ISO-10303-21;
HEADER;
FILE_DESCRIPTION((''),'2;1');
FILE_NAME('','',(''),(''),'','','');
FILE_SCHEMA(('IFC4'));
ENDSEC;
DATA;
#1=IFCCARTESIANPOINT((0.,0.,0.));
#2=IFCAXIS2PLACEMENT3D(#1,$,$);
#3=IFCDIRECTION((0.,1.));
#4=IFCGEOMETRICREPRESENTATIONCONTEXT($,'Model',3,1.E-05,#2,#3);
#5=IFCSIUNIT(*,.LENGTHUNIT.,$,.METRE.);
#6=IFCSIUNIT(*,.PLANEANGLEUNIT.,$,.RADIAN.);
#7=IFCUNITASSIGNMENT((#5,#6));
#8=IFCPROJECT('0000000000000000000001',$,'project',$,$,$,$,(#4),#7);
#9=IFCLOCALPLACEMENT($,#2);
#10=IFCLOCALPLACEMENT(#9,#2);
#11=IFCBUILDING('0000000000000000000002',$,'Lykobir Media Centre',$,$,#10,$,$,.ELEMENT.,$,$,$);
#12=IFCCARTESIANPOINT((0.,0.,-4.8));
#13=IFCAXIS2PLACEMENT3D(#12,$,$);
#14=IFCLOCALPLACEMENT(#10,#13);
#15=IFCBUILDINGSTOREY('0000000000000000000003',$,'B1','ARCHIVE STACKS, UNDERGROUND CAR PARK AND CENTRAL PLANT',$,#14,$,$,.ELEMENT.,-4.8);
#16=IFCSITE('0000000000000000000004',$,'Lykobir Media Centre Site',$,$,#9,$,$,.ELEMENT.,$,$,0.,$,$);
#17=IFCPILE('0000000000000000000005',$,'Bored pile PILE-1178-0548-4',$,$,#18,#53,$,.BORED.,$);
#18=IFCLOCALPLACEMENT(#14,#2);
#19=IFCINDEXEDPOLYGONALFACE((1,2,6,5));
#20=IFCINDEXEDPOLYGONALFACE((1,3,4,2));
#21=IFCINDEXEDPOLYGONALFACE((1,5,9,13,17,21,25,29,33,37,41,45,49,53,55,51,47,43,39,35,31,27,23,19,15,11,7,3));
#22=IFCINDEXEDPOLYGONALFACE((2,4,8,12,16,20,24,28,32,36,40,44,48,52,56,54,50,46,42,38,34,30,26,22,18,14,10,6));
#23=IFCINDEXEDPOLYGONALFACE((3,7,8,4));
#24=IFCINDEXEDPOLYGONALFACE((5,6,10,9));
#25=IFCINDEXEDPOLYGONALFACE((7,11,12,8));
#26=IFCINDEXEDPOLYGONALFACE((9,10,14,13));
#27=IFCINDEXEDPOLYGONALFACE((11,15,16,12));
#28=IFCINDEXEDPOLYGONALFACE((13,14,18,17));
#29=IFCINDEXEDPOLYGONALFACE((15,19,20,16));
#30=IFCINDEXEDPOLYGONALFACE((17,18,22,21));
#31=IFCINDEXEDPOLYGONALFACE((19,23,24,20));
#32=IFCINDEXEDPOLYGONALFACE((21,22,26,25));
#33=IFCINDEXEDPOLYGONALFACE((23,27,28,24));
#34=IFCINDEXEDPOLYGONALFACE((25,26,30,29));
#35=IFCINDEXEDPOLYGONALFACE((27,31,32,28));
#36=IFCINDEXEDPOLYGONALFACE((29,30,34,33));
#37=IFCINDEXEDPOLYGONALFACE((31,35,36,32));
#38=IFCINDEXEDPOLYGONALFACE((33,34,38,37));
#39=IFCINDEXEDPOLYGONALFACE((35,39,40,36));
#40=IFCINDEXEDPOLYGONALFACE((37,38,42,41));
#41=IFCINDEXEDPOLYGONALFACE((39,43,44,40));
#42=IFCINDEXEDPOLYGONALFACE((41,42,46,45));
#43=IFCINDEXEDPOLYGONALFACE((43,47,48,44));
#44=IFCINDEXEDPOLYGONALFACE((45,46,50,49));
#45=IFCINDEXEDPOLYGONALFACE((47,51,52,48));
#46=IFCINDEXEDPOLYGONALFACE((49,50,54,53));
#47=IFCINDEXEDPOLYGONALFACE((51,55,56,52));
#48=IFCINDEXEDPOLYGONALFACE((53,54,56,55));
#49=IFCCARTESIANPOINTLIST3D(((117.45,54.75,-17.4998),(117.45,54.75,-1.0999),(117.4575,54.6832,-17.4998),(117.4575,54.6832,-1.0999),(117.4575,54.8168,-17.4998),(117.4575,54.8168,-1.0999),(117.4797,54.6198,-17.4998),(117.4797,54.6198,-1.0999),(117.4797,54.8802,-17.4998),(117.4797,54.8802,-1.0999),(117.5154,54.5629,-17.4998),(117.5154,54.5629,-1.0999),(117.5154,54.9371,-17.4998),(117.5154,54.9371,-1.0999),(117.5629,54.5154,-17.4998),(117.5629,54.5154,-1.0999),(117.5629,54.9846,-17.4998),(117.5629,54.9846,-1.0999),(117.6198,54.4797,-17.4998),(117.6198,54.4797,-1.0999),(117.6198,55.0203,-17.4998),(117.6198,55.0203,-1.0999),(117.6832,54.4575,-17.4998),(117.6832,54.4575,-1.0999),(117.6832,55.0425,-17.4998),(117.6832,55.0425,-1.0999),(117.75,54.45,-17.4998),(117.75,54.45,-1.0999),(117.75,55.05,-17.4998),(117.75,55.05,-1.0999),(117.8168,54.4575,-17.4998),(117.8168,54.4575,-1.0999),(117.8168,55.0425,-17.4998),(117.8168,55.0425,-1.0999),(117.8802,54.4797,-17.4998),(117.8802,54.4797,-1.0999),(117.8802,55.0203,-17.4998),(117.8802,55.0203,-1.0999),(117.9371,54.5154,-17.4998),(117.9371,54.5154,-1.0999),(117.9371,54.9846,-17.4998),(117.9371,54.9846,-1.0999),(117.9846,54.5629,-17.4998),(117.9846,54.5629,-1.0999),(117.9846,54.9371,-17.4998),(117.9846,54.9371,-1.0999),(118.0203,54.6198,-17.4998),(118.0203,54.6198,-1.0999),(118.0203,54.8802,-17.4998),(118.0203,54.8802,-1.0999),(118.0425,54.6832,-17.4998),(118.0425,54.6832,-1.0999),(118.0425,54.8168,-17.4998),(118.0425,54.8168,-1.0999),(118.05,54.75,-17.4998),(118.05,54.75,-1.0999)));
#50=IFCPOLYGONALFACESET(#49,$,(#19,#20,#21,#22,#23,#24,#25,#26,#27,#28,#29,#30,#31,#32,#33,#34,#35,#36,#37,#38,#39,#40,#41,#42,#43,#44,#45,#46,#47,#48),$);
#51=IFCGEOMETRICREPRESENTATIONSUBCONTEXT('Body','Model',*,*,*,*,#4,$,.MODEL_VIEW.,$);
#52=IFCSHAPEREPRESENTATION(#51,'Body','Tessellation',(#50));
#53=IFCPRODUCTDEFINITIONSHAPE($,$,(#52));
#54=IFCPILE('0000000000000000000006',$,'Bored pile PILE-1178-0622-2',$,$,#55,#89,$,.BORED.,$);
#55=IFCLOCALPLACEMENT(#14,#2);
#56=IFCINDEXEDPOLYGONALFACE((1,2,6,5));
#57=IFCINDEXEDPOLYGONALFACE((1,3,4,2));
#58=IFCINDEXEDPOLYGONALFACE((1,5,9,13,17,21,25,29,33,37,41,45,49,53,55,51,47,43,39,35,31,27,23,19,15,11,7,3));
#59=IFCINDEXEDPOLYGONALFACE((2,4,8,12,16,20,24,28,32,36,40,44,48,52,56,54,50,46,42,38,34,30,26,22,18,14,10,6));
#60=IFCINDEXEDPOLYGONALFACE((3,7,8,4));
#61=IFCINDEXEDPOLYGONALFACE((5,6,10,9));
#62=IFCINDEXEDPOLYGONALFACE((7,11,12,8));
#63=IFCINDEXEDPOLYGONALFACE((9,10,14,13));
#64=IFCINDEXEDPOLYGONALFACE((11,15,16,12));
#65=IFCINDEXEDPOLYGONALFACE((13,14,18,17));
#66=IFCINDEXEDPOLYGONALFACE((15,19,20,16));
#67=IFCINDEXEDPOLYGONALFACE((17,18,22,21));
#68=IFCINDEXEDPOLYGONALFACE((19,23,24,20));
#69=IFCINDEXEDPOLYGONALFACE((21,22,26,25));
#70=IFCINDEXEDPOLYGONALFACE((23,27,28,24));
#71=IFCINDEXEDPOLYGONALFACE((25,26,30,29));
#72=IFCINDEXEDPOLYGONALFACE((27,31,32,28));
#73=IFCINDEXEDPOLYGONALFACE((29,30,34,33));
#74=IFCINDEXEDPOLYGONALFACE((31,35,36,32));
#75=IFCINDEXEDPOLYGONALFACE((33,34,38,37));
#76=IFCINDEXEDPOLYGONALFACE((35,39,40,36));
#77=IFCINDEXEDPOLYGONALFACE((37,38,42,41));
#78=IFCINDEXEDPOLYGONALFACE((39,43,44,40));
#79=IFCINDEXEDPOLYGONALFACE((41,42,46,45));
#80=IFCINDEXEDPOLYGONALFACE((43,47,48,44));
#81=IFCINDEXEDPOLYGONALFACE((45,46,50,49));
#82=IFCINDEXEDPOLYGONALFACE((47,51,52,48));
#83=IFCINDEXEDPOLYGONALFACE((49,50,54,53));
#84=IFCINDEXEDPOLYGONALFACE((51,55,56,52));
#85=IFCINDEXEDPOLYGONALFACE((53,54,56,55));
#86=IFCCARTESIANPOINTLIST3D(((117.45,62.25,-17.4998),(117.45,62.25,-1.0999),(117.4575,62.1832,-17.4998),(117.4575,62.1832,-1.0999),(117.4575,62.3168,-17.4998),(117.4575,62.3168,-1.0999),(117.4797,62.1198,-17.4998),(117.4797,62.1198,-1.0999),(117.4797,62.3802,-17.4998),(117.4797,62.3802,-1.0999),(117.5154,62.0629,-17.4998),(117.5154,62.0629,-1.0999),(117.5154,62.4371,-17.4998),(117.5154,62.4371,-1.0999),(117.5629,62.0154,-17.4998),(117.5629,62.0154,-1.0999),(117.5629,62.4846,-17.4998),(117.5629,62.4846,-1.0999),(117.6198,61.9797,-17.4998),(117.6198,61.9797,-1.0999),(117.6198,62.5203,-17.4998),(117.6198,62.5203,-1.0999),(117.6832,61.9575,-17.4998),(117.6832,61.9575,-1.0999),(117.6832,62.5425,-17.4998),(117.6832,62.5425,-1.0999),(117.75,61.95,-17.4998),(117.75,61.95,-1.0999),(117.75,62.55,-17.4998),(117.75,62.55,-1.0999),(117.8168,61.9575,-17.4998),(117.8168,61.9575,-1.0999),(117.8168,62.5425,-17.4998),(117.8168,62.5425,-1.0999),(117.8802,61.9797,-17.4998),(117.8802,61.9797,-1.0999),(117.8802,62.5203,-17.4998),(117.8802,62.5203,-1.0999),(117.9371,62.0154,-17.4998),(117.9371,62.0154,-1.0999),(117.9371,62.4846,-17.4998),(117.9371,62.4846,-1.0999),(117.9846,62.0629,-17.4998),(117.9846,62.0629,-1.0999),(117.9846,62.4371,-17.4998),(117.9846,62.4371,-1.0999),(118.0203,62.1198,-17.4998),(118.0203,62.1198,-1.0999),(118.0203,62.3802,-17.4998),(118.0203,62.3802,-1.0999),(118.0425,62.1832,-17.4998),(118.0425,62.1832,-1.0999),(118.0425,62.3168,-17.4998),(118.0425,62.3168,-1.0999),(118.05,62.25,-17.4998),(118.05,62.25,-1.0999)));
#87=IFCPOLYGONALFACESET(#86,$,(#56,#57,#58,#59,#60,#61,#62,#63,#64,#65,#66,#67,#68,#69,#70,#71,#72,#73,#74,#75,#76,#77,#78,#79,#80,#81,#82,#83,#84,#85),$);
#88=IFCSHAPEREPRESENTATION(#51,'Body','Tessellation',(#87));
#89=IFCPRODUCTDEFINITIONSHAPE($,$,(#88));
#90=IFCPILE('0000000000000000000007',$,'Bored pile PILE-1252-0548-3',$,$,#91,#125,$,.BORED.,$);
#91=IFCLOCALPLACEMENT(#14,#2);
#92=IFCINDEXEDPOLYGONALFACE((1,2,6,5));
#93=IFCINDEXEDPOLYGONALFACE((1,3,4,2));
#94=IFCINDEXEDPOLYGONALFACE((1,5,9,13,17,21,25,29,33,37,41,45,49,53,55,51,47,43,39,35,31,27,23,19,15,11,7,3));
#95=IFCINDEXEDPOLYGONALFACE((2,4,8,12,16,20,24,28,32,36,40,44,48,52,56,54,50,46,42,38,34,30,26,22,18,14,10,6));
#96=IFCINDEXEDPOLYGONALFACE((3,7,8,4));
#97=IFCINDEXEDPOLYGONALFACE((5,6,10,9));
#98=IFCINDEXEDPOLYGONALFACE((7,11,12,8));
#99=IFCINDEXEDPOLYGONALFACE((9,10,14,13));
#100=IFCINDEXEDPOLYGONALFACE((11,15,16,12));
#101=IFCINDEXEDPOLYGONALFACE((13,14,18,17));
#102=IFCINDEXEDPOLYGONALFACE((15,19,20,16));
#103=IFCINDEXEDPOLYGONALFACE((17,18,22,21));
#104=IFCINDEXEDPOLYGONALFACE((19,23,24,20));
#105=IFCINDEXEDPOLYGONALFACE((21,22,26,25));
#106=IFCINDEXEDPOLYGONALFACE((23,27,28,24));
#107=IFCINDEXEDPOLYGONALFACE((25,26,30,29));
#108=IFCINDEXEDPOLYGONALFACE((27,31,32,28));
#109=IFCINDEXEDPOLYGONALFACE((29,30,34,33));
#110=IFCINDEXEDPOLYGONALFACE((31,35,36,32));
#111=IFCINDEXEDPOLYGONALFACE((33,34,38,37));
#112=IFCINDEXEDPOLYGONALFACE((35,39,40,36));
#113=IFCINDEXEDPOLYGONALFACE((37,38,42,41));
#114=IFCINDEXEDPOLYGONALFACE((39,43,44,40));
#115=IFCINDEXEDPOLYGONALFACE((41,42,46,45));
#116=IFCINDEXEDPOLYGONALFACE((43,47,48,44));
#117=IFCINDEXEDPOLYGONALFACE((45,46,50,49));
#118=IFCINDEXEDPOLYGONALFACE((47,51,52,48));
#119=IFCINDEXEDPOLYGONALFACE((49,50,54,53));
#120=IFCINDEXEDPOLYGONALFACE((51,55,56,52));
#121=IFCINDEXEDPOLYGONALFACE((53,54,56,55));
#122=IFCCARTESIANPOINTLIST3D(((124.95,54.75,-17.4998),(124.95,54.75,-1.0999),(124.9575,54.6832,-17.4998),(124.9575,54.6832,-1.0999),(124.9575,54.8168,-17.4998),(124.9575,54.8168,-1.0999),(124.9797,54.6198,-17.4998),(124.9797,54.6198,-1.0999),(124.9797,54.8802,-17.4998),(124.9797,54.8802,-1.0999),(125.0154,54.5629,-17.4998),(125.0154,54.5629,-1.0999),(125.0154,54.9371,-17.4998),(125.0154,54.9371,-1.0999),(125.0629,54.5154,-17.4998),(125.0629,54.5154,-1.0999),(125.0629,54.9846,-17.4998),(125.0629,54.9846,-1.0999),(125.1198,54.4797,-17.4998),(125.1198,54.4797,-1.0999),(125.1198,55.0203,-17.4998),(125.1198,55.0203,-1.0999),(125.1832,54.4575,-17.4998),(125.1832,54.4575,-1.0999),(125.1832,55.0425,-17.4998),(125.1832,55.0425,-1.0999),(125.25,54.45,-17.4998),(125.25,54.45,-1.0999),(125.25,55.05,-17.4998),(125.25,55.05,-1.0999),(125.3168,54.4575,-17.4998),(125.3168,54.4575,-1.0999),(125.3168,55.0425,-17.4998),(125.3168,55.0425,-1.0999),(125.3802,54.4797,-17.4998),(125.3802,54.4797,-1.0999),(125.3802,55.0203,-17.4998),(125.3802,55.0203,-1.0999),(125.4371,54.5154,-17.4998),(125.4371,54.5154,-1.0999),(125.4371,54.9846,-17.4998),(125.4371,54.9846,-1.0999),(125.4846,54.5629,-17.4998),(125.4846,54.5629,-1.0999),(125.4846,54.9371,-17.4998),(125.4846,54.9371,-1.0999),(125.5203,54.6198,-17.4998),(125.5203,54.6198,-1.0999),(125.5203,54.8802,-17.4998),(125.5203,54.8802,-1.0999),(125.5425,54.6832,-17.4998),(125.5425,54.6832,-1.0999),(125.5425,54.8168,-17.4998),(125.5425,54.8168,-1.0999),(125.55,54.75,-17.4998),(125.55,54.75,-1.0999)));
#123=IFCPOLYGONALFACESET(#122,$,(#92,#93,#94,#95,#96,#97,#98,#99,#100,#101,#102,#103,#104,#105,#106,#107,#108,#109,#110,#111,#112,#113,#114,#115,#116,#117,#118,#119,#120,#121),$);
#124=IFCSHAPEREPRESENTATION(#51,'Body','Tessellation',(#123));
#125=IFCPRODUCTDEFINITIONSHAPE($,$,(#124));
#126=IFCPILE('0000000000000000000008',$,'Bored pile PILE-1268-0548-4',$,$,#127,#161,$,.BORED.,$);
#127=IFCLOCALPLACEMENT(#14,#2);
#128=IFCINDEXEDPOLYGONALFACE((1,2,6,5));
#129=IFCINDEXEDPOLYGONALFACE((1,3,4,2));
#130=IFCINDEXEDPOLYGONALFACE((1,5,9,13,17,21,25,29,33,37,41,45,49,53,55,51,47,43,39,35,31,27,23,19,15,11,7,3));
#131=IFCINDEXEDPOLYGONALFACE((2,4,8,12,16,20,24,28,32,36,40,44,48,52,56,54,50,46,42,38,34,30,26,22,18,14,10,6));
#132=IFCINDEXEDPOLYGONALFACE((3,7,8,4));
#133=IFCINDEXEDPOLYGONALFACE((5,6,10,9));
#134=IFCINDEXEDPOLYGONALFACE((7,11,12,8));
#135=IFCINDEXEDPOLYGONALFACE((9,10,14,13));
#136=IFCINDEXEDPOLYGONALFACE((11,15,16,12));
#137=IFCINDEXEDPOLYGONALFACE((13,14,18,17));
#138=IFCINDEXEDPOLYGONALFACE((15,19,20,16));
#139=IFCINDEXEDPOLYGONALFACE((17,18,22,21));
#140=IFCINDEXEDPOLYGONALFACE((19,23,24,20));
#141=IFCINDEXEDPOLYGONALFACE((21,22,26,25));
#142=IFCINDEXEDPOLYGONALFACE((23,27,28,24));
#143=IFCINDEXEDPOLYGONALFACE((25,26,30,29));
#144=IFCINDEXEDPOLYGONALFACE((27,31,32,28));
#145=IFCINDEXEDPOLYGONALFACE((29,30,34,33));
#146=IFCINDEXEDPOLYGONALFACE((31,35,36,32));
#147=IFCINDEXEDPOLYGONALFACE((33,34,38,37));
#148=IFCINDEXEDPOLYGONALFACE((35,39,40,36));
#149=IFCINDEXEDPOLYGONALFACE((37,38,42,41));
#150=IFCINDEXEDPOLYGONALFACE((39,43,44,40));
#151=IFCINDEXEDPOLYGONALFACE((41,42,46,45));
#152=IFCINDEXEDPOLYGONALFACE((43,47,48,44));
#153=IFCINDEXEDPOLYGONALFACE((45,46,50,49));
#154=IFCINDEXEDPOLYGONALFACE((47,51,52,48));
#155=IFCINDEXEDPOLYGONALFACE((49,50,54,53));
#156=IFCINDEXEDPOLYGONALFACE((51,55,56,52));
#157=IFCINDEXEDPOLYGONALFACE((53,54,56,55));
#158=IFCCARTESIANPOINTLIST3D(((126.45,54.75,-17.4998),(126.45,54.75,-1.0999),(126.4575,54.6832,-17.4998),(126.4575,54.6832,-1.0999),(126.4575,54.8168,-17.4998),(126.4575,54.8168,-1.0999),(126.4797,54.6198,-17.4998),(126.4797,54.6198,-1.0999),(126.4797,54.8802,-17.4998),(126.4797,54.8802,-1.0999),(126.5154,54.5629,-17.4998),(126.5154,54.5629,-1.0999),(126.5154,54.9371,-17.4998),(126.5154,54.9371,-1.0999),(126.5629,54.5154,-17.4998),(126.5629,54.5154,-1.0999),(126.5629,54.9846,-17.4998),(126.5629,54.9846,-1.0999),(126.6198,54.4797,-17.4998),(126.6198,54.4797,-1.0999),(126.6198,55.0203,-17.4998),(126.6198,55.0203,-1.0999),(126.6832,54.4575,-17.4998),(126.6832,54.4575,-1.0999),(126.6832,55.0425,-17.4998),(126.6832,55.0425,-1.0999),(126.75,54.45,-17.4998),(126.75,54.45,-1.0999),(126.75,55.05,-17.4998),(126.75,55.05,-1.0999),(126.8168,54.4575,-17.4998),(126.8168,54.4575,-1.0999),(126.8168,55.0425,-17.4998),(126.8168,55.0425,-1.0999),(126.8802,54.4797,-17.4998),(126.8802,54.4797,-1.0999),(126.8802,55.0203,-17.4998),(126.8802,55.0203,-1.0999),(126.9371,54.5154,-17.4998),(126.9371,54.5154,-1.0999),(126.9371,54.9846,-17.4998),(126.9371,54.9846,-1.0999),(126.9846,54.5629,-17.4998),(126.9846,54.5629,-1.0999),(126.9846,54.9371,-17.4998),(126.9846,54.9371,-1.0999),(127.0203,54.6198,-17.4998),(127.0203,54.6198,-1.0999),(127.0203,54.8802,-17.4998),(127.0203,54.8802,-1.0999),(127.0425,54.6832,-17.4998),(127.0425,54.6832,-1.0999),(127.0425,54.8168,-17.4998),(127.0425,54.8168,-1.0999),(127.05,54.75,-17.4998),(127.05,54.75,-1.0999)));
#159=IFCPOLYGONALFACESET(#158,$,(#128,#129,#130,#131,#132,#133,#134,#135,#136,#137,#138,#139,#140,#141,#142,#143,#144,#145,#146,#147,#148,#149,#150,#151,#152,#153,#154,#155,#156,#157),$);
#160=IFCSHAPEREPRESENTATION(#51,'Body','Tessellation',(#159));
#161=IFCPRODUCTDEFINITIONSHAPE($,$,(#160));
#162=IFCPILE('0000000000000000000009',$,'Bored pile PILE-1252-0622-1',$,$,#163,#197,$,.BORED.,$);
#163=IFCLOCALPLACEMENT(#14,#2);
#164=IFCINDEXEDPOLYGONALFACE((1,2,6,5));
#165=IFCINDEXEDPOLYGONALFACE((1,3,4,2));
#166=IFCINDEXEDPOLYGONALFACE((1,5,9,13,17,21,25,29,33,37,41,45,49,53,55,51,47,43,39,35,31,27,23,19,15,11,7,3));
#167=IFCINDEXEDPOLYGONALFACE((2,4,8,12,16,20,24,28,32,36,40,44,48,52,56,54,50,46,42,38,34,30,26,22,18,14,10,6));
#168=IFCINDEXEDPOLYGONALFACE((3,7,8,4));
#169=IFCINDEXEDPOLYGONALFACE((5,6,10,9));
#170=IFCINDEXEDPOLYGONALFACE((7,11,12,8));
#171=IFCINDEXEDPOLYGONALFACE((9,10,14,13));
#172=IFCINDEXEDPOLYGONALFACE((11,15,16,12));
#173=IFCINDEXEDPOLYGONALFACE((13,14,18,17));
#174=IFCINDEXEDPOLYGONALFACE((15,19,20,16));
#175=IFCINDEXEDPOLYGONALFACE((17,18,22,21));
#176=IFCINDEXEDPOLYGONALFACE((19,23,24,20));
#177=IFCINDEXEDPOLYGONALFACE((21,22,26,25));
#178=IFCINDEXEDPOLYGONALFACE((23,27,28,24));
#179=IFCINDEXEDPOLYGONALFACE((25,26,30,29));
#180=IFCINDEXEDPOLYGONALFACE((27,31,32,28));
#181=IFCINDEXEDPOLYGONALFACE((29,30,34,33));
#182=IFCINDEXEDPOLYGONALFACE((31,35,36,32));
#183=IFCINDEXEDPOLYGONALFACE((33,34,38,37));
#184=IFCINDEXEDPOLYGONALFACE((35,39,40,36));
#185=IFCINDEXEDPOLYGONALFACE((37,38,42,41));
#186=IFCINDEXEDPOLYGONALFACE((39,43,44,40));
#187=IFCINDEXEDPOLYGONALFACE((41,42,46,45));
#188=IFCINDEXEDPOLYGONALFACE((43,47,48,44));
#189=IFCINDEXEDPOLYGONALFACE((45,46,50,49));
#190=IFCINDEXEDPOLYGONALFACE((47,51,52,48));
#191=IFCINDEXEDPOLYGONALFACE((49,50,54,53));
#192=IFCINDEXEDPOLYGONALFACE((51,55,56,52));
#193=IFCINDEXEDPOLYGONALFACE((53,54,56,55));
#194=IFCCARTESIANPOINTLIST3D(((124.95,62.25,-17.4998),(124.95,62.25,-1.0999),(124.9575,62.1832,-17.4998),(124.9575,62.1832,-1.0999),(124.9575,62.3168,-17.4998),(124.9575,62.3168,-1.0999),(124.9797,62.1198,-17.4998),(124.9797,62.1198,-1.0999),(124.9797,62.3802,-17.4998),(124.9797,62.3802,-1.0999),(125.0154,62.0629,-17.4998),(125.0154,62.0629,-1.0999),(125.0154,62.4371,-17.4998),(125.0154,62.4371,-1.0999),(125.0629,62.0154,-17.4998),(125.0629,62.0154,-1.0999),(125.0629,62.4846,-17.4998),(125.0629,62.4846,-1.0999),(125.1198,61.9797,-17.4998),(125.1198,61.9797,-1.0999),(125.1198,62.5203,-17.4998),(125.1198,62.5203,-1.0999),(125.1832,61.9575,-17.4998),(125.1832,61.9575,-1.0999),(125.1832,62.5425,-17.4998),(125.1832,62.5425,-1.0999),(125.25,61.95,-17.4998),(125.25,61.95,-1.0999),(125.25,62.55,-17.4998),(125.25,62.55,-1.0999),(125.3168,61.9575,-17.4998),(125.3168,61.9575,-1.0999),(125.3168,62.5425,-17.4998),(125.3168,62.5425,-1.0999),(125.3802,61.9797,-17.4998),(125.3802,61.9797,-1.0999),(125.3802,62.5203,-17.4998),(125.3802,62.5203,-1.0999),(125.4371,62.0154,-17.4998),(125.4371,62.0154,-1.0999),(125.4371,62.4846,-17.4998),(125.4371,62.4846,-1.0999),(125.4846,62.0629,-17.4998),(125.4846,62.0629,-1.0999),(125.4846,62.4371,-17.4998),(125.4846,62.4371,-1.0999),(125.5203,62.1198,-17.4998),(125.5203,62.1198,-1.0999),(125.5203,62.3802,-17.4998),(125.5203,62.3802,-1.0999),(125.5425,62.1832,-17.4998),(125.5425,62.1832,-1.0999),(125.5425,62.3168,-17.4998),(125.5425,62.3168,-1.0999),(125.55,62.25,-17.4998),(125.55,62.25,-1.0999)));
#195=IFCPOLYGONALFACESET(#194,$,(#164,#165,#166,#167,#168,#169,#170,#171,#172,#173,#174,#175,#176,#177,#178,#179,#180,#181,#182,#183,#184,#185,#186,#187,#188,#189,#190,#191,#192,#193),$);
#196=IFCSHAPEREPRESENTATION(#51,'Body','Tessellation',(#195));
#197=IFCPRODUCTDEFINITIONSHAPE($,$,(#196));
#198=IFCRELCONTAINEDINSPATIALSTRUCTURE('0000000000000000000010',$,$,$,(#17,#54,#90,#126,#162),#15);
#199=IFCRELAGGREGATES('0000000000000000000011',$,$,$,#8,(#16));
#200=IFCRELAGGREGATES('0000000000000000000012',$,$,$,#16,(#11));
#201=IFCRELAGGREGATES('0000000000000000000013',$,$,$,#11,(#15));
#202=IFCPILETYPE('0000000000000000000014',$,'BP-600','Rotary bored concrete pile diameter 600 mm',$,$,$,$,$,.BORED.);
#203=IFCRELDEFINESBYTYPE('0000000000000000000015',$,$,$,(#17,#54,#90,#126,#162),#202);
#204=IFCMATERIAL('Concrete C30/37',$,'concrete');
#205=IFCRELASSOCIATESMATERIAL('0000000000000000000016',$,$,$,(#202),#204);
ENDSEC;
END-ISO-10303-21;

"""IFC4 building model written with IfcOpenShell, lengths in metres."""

from ifc_helpers import new_model, si_unit, direction, frame, origin, origin_2d, place, context, subcontext, project, spatial, circle, extrude, material, material_profile, profile_set, type_object, element, save


model = new_model("IFC4")

# Units and contexts
model_context = context("Model", 3, precision=1e-05, world=origin(), true_north=direction((0.0, 1.0)))
body_context = subcontext(model_context, "Body", "Model", "MODEL_VIEW")
ifc_project = project(units=[si_unit("LENGTHUNIT", "METRE"), si_unit("PLANEANGLEUNIT", "RADIAN")], contexts=[model_context])

# Site, building, storey
site_placement = place(None, origin())
site = spatial("IfcSite", under=ifc_project, at=site_placement, Name="Lykobir Media Centre Site", CompositionType="ELEMENT", RefElevation=0.0)
building_placement = place(site_placement, origin())
building = spatial("IfcBuilding", under=site, at=building_placement, Name="Lykobir Media Centre", CompositionType="ELEMENT")
storey_placement = place(building_placement, frame((0.0, 0.0, -4.8)))
storey = spatial("IfcBuildingStorey", under=building, at=storey_placement, Name="B1", Description="ARCHIVE STACKS, UNDERGROUND CAR PARK AND CENTRAL PLANT", CompositionType="ELEMENT", Elevation=-4.8)

# Piles
ifc_material_1 = material(Name="Concrete C30/37", Category="concrete")
ifc_material_profile_1 = material_profile(ifc_material_1, circle(Radius=0.3, at=origin_2d()), Name="BORED PILE D600")
ifc_profile_set_1 = profile_set([ifc_material_profile_1], Name="Concrete C30/37")
pile_type = type_object("IfcPileType", Name="BP-600", Description="Rotary bored concrete pile diameter 600 mm", PredefinedType="BORED", material=ifc_profile_set_1)
for number, where, z_axis, x_axis, name in (
    (1, (117.75, 54.75, -1.0999), (0.0, 0.0, -1.0), (1.0, 0.0, 0.0), "Bored pile PILE-1178-0548-4"),
    (2, (117.75, 62.25, -1.0999), (0.0, 0.0, -1.0), (1.0, 0.0, 0.0), "Bored pile PILE-1178-0622-2"),
    (3, (125.25, 54.75, -1.0999), (0.0, 0.0, -1.0), (1.0, 0.0, 0.0), "Bored pile PILE-1252-0548-3"),
    (4, (126.75, 54.75, -1.0999), (0.0, 0.0, -1.0), (1.0, 0.0, 0.0), "Bored pile PILE-1268-0548-4"),
    (5, (125.25, 62.25, -1.0999), (0.0, 0.0, -1.0), (1.0, 0.0, 0.0), "Bored pile PILE-1252-0622-1"),
):
    element("IfcPile", number, at=place(storey_placement, frame(where, z_axis=z_axis, x_axis=x_axis)), inside=storey, type_object=pile_type, Name=name, PredefinedType="BORED", context=body_context, shape_type="SweptSolid", body=[
        extrude(circle(Radius=0.3, at=origin_2d()), origin(), (0.0, 0.0, 1.0), 16.3999),
    ])

save(model, "model.ifc")
